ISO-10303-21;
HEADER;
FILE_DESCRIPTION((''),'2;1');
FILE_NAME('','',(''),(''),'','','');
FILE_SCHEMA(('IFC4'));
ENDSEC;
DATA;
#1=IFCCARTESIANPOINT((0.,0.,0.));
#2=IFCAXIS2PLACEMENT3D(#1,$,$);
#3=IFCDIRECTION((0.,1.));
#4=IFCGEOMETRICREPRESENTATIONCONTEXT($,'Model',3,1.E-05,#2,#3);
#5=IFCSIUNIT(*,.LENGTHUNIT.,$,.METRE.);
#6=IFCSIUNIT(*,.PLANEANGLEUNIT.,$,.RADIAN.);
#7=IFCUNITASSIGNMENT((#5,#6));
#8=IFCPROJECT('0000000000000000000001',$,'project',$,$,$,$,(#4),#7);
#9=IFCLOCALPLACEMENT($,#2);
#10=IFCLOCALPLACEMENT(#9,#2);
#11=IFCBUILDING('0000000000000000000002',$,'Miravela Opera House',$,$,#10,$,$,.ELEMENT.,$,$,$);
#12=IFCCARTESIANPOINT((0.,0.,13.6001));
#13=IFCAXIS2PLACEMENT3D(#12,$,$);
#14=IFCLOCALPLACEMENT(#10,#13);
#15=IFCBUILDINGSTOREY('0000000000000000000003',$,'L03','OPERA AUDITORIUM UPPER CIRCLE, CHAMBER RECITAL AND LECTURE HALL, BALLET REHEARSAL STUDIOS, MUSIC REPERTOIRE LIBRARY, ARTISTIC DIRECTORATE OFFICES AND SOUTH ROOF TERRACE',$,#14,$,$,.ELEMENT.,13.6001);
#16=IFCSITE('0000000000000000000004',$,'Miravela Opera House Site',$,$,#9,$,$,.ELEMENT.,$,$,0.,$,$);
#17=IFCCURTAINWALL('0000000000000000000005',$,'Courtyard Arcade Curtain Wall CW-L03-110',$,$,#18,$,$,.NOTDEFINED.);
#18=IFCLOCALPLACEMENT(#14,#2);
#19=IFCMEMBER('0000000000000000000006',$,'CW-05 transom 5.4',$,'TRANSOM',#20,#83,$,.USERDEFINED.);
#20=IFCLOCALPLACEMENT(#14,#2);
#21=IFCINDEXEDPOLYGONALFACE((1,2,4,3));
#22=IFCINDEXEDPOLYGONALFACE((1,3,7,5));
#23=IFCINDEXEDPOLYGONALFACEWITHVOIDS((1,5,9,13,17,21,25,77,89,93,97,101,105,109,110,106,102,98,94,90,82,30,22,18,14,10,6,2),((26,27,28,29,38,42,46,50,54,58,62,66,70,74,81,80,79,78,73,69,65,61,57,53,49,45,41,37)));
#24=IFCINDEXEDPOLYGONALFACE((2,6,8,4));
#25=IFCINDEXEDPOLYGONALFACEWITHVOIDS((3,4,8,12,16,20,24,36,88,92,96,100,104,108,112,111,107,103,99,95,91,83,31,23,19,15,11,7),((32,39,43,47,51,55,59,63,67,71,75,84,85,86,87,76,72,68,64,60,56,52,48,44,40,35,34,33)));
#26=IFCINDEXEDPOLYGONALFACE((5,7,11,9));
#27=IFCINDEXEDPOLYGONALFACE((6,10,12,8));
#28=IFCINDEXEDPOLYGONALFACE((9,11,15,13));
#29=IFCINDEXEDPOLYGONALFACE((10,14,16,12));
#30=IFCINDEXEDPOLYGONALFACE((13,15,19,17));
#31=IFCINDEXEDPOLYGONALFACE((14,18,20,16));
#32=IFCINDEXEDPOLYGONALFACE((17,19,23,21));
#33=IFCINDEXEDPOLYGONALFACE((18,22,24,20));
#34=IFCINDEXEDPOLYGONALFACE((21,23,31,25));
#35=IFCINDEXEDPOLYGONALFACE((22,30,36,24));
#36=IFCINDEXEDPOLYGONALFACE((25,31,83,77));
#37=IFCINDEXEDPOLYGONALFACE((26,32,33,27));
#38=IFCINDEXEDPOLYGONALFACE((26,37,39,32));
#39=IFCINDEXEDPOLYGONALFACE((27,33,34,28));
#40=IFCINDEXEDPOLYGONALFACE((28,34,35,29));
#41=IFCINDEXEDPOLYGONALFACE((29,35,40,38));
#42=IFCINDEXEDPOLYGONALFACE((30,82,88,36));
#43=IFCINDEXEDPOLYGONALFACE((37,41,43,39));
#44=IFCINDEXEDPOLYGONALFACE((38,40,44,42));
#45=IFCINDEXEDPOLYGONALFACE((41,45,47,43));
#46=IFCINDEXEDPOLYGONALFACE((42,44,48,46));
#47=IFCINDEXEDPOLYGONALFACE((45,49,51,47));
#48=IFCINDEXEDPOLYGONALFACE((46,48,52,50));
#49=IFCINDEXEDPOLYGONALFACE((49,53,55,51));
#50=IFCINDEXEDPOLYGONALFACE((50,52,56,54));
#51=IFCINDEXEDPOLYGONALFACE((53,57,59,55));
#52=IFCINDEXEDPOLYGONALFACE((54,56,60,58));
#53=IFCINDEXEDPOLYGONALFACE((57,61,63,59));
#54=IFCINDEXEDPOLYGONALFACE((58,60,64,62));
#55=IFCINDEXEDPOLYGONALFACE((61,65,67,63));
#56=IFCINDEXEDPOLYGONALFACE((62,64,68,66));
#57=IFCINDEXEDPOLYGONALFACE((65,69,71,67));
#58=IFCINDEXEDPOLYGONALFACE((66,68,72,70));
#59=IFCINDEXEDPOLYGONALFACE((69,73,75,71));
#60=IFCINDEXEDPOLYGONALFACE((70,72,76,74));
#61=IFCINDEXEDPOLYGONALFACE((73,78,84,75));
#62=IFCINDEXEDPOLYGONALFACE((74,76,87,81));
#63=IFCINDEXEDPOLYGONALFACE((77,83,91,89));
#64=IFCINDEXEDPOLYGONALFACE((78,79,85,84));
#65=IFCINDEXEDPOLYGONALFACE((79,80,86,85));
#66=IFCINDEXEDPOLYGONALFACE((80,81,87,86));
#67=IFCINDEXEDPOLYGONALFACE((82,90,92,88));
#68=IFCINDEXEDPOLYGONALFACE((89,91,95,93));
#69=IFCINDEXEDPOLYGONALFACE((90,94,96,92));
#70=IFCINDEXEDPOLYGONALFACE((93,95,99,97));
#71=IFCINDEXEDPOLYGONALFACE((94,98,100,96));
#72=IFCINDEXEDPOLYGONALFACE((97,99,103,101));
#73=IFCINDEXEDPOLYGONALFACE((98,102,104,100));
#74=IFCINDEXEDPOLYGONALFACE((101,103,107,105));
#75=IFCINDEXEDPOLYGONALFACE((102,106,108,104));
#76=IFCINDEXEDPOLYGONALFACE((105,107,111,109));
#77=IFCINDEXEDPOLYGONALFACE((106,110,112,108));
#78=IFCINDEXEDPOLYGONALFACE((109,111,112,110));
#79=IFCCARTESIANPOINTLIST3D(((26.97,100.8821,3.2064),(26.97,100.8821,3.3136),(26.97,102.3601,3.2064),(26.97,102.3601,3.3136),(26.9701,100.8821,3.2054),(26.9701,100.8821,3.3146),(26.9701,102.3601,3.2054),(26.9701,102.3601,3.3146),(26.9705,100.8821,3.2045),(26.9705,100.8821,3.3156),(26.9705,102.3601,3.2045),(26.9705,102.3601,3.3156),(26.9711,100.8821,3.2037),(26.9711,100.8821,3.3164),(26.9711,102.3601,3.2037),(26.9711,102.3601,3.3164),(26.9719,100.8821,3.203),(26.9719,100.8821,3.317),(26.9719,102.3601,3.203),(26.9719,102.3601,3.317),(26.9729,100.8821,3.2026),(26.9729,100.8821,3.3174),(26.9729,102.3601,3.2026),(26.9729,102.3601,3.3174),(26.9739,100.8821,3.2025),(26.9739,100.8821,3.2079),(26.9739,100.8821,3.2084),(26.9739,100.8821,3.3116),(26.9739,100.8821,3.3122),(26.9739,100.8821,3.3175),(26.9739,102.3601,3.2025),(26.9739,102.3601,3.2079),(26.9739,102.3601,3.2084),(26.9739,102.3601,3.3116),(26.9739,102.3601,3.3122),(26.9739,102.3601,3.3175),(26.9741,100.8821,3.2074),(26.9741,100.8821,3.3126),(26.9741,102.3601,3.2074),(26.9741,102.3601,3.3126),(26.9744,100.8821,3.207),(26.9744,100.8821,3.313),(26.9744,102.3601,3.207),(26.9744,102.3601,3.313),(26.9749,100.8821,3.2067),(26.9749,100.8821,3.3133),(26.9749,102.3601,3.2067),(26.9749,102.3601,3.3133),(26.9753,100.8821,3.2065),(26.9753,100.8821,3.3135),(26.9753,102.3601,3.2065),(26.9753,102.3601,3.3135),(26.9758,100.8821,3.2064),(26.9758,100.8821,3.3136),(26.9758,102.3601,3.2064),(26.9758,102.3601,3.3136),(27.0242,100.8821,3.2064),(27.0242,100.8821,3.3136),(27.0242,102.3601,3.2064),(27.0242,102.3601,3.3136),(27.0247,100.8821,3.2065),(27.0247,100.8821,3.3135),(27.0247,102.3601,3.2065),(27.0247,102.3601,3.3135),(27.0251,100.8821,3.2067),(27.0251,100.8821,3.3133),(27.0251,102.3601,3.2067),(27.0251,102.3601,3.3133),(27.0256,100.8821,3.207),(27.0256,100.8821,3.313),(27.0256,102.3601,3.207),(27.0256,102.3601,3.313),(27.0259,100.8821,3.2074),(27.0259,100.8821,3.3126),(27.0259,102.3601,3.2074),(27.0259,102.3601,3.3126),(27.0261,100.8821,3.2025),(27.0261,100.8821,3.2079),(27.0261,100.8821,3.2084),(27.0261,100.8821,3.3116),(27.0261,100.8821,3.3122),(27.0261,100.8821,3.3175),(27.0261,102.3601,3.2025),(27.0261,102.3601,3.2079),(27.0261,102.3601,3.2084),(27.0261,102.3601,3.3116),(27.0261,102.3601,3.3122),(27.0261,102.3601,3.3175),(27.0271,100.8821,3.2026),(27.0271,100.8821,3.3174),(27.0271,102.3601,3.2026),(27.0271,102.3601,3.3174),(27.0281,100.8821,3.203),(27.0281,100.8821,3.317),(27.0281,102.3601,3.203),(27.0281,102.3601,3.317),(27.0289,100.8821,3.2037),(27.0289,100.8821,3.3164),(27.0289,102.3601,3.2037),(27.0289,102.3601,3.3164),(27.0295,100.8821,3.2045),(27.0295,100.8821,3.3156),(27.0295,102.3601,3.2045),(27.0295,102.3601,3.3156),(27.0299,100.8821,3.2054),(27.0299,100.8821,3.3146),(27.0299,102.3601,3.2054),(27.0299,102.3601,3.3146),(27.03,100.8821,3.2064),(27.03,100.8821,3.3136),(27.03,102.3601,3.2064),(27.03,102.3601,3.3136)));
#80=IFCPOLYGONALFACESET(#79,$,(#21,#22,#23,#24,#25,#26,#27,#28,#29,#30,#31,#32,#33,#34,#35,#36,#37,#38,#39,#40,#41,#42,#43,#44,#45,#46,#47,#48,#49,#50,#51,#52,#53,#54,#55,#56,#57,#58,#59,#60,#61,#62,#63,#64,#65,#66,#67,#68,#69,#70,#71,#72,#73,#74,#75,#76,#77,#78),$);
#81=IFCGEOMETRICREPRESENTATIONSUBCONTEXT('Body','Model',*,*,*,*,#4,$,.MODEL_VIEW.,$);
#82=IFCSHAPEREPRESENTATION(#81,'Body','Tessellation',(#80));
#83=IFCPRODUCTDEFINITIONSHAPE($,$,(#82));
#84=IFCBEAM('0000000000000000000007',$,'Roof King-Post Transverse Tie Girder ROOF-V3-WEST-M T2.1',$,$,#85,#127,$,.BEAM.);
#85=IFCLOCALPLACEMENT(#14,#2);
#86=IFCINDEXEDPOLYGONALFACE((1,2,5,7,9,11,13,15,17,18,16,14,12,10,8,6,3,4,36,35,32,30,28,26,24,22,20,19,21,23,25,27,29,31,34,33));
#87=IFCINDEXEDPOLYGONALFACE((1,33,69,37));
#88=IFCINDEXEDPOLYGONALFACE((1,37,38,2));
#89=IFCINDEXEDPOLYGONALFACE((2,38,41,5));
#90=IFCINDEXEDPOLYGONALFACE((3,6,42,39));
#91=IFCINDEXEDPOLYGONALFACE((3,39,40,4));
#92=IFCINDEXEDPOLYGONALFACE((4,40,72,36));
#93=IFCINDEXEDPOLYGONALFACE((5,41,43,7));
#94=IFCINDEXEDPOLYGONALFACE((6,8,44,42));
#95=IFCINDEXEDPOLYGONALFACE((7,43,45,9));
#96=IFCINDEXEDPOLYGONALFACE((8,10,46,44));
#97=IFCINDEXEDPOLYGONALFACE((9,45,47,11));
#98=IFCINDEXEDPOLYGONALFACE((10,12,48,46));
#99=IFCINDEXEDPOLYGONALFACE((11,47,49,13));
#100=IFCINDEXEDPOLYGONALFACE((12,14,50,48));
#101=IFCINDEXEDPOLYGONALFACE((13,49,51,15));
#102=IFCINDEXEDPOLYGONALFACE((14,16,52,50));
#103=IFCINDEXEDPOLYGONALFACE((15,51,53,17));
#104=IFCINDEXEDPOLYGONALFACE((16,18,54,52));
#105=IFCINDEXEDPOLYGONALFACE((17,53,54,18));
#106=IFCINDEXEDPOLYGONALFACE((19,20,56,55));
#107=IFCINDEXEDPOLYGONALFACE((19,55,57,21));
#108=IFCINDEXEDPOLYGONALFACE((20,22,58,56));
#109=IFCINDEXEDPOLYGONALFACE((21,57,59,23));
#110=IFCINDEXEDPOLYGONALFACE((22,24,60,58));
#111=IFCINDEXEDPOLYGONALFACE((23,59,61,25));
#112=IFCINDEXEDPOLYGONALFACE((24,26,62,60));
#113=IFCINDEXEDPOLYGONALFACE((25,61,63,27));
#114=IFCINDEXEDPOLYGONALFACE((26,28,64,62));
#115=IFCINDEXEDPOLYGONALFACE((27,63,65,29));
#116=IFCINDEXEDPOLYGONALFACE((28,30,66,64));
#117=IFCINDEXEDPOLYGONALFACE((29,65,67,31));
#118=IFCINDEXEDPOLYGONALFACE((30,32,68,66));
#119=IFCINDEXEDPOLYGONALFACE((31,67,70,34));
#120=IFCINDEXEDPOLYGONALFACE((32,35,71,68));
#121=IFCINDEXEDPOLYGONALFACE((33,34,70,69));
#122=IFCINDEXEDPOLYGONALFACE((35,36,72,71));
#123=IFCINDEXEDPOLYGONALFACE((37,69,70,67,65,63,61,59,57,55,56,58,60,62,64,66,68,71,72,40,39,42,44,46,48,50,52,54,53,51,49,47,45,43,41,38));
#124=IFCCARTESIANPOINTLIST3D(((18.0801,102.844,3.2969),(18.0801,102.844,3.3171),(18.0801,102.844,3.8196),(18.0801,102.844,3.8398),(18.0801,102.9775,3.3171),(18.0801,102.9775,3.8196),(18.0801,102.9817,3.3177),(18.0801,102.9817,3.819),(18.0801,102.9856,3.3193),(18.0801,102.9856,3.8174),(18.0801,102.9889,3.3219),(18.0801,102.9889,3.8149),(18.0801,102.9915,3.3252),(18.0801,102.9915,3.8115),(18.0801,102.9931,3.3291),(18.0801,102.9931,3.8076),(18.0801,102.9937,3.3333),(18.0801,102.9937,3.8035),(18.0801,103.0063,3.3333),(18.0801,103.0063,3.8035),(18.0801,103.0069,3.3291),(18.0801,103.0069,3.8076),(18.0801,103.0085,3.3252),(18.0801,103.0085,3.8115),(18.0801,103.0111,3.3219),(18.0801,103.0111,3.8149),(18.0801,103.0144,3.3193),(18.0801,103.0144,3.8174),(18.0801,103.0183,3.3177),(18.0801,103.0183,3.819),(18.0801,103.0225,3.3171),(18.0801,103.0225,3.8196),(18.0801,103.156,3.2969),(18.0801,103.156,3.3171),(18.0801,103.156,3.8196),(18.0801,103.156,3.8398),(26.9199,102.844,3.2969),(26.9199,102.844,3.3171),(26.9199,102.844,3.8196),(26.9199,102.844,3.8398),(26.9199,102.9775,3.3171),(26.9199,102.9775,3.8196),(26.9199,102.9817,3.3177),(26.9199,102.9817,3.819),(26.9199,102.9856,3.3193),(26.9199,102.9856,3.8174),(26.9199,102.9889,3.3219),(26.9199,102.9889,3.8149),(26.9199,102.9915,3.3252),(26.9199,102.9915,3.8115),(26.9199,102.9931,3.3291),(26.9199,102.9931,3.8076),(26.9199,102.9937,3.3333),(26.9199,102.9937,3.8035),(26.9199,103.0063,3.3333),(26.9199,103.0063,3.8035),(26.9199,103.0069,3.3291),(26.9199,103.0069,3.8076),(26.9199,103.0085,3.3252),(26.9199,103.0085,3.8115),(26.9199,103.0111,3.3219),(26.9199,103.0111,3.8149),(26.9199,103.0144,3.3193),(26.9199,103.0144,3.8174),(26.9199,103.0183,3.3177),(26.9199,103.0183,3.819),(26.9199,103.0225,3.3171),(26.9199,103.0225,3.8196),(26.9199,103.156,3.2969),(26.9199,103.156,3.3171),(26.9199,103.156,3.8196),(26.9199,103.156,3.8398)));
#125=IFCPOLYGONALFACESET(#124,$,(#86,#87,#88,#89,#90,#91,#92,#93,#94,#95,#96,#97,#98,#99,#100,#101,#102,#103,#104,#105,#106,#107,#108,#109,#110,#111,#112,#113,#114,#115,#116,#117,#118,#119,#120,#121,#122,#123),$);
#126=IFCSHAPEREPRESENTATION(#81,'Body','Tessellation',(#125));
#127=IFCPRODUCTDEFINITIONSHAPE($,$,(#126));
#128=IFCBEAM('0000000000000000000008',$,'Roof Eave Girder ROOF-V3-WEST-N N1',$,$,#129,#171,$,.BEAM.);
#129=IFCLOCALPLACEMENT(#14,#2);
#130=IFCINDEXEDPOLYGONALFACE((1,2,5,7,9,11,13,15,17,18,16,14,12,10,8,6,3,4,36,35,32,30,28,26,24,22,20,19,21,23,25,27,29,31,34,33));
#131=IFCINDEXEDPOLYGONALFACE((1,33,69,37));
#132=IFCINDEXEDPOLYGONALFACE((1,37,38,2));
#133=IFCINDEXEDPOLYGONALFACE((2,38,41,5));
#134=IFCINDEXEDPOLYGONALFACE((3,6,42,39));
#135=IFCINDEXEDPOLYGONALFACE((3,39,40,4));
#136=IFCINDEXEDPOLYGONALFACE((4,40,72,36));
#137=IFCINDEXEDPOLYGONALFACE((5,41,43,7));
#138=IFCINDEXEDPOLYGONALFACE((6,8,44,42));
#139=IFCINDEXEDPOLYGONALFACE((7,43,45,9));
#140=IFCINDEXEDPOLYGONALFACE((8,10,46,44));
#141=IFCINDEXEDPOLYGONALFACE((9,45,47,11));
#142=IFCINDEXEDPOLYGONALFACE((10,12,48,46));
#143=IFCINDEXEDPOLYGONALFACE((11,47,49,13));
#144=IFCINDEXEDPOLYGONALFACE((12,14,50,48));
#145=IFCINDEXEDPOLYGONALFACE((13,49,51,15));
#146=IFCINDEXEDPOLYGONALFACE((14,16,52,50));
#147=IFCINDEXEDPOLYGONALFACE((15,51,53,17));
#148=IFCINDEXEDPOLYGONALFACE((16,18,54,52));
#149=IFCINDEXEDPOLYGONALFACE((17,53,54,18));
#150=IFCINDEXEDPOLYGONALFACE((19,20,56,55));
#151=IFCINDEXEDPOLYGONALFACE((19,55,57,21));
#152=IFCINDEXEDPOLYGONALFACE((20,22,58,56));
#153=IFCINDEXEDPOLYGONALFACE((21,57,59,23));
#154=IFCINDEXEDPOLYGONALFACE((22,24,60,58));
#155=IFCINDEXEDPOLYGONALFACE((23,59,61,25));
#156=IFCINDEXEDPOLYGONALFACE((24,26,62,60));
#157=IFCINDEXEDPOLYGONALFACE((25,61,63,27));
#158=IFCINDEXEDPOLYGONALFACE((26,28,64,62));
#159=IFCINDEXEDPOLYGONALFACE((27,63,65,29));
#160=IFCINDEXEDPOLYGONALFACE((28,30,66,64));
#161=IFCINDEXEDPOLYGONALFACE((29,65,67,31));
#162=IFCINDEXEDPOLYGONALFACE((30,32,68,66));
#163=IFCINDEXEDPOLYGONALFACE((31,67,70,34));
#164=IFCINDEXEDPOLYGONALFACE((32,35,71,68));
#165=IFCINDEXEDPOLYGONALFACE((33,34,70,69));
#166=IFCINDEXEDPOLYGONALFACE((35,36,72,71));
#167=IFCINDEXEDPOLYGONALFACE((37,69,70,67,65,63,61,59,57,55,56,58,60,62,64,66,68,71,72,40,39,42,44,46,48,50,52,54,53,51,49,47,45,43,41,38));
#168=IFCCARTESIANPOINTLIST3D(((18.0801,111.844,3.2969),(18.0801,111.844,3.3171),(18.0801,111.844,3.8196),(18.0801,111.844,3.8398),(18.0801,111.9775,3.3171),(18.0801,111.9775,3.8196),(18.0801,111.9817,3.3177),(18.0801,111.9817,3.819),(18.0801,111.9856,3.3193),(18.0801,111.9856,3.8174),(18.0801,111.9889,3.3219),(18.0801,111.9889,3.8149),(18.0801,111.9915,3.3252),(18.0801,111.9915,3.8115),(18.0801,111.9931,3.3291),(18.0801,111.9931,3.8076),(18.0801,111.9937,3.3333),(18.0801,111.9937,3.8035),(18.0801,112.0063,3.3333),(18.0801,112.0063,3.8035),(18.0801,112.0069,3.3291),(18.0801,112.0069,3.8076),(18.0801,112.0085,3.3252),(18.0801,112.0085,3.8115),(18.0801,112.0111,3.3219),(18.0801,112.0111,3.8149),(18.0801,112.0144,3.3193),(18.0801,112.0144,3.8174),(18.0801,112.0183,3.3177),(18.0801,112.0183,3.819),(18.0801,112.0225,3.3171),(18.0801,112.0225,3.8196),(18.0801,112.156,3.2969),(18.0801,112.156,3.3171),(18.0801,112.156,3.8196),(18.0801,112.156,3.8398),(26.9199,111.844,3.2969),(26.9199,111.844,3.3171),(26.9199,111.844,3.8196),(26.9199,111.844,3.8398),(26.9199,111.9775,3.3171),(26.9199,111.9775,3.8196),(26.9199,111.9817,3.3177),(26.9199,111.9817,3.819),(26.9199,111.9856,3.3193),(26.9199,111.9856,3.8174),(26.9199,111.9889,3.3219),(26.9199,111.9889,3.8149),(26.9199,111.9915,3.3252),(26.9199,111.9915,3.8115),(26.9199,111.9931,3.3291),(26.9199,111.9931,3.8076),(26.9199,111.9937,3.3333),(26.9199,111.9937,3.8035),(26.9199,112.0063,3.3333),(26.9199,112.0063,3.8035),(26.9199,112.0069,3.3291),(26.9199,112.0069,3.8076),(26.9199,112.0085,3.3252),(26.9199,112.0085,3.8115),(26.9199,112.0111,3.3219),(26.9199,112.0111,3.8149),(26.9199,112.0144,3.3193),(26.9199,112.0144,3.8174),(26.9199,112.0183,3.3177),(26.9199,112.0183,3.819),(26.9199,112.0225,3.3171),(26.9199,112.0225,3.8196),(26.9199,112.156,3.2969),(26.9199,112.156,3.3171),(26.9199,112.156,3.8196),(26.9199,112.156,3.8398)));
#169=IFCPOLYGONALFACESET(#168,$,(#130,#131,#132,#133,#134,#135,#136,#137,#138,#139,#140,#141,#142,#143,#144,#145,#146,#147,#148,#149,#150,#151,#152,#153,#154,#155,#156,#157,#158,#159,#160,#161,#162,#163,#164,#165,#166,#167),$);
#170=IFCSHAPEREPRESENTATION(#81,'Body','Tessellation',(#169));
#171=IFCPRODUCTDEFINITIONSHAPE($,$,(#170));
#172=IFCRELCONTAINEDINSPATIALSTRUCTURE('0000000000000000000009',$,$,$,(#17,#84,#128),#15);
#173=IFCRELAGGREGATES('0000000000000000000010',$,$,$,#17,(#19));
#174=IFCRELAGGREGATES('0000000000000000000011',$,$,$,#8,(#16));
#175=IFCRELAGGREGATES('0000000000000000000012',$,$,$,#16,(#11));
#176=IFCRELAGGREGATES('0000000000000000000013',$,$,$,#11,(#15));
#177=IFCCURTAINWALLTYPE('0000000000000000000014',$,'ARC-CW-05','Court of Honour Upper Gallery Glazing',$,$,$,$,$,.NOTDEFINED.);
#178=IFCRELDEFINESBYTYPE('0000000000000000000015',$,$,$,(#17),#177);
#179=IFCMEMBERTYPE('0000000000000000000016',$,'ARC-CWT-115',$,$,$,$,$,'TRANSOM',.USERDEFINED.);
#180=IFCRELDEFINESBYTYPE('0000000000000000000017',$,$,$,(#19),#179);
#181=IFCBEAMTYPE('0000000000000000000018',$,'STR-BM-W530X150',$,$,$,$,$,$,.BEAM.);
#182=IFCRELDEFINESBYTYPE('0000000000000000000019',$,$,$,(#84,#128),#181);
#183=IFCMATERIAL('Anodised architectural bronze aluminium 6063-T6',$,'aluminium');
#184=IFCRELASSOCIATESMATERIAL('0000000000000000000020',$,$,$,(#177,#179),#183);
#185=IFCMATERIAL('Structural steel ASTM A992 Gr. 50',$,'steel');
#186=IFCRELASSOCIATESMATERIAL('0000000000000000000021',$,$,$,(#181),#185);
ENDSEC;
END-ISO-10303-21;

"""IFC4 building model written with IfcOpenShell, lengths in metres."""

from ifc_helpers import new_model, si_unit, direction, frame, origin, origin_2d, place, context, subcontext, project, spatial, hollow_rectangle, i_section, extrude, material, material_profile, profile_set, type_object, element, aggregate, save


model = new_model("IFC4")

# Units and contexts
model_context = context("Model", 3, precision=1e-05, world=origin(), true_north=direction((0.0, 1.0)))
body_context = subcontext(model_context, "Body", "Model", "MODEL_VIEW")
ifc_project = project(units=[si_unit("LENGTHUNIT", "METRE"), si_unit("PLANEANGLEUNIT", "RADIAN")], contexts=[model_context])

# Site, building, storey
site_placement = place(None, origin())
site = spatial("IfcSite", under=ifc_project, at=site_placement, Name="Miravela Opera House Site", CompositionType="ELEMENT", RefElevation=0.0)
building_placement = place(site_placement, origin())
building = spatial("IfcBuilding", under=site, at=building_placement, Name="Miravela Opera House", CompositionType="ELEMENT")
storey_placement = place(building_placement, frame((0.0, 0.0, 13.6001)))
storey = spatial("IfcBuildingStorey", under=building, at=storey_placement, Name="L03", Description="OPERA AUDITORIUM UPPER CIRCLE, CHAMBER RECITAL AND LECTURE HALL, BALLET REHEARSAL STUDIOS, MUSIC REPERTOIRE LIBRARY, ARTISTIC DIRECTORATE OFFICES AND SOUTH ROOF TERRACE", CompositionType="ELEMENT", Elevation=13.6001)

# Curtain wall, member
ifc_material_1 = material(Name="Anodised architectural bronze aluminium 6063-T6", Category="aluminium")
curtain_wall_type = type_object("IfcCurtainWallType", Name="ARC-CW-05", Description="Court of Honour Upper Gallery Glazing", PredefinedType="NOTDEFINED", material=ifc_material_1)
curtain_wall_placement = place(storey_placement, origin())
curtain_wall = element("IfcCurtainWall", 1, at=curtain_wall_placement, inside=storey, type_object=curtain_wall_type, Name="Courtyard Arcade Curtain Wall CW-L03-110", PredefinedType="NOTDEFINED")
ifc_material_profile_1 = material_profile(ifc_material_1, hollow_rectangle(XDim=0.0601, YDim=0.115, WallThickness=0.0039, InnerFilletRadius=0.002, OuterFilletRadius=0.0039, at=origin_2d()), Name="CWT-60X115")
ifc_profile_set_1 = profile_set([ifc_material_profile_1])
member_type_1 = type_object("IfcMemberType", Name="ARC-CWT-115", ElementType="TRANSOM", PredefinedType="USERDEFINED", material=ifc_profile_set_1)
member_1_placement = place(storey_placement, frame((27.0, 100.8821, 3.26), z_axis=(0.0, 1.0, 0.0), x_axis=(-1.0, 0.0, 0.0)))
member_1 = element("IfcMember", 2, at=member_1_placement, type_object=member_type_1, Name="CW-05 transom 5.4", ObjectType="TRANSOM", PredefinedType="USERDEFINED", context=body_context, shape_type="SweptSolid", body=[
    extrude(hollow_rectangle(XDim=0.0601, YDim=0.115, WallThickness=0.0039, InnerFilletRadius=0.002, OuterFilletRadius=0.0039, at=origin_2d()), origin(), (0.0, 0.0, 1.0), 1.478),
])

# Beams
ifc_material_2 = material(Name="Structural steel ASTM A992 Gr. 50", Category="steel")
ifc_material_profile_2 = material_profile(ifc_material_2, i_section(OverallWidth=0.312, OverallDepth=0.543, WebThickness=0.0127, FlangeThickness=0.0203, FilletRadius=0.0161, at=origin_2d()), Name="W530X150")
ifc_profile_set_2 = profile_set([ifc_material_profile_2])
beam_type = type_object("IfcBeamType", Name="STR-BM-W530X150", PredefinedType="BEAM", material=ifc_profile_set_2)
for number, where, z_axis, x_axis, name in (
    (3, (18.0801, 103.0, 3.5684), (1.0, 0.0, 0.0), (0.0, 1.0, 0.0), "Roof King-Post Transverse Tie Girder ROOF-V3-WEST-M T2.1"),
    (4, (18.0801, 112.0, 3.5684), (1.0, 0.0, 0.0), (0.0, 1.0, 0.0), "Roof Eave Girder ROOF-V3-WEST-N N1"),
):
    element("IfcBeam", number, at=place(storey_placement, frame(where, z_axis=z_axis, x_axis=x_axis)), inside=storey, type_object=beam_type, Name=name, PredefinedType="BEAM", context=body_context, shape_type="SweptSolid", body=[
        extrude(i_section(OverallWidth=0.312, OverallDepth=0.543, WebThickness=0.0127, FlangeThickness=0.0203, FilletRadius=0.0161, at=origin_2d()), origin(), (0.0, 0.0, 1.0), 8.8398),
    ])

aggregate(curtain_wall, [member_1])

save(model, "model.ifc")
